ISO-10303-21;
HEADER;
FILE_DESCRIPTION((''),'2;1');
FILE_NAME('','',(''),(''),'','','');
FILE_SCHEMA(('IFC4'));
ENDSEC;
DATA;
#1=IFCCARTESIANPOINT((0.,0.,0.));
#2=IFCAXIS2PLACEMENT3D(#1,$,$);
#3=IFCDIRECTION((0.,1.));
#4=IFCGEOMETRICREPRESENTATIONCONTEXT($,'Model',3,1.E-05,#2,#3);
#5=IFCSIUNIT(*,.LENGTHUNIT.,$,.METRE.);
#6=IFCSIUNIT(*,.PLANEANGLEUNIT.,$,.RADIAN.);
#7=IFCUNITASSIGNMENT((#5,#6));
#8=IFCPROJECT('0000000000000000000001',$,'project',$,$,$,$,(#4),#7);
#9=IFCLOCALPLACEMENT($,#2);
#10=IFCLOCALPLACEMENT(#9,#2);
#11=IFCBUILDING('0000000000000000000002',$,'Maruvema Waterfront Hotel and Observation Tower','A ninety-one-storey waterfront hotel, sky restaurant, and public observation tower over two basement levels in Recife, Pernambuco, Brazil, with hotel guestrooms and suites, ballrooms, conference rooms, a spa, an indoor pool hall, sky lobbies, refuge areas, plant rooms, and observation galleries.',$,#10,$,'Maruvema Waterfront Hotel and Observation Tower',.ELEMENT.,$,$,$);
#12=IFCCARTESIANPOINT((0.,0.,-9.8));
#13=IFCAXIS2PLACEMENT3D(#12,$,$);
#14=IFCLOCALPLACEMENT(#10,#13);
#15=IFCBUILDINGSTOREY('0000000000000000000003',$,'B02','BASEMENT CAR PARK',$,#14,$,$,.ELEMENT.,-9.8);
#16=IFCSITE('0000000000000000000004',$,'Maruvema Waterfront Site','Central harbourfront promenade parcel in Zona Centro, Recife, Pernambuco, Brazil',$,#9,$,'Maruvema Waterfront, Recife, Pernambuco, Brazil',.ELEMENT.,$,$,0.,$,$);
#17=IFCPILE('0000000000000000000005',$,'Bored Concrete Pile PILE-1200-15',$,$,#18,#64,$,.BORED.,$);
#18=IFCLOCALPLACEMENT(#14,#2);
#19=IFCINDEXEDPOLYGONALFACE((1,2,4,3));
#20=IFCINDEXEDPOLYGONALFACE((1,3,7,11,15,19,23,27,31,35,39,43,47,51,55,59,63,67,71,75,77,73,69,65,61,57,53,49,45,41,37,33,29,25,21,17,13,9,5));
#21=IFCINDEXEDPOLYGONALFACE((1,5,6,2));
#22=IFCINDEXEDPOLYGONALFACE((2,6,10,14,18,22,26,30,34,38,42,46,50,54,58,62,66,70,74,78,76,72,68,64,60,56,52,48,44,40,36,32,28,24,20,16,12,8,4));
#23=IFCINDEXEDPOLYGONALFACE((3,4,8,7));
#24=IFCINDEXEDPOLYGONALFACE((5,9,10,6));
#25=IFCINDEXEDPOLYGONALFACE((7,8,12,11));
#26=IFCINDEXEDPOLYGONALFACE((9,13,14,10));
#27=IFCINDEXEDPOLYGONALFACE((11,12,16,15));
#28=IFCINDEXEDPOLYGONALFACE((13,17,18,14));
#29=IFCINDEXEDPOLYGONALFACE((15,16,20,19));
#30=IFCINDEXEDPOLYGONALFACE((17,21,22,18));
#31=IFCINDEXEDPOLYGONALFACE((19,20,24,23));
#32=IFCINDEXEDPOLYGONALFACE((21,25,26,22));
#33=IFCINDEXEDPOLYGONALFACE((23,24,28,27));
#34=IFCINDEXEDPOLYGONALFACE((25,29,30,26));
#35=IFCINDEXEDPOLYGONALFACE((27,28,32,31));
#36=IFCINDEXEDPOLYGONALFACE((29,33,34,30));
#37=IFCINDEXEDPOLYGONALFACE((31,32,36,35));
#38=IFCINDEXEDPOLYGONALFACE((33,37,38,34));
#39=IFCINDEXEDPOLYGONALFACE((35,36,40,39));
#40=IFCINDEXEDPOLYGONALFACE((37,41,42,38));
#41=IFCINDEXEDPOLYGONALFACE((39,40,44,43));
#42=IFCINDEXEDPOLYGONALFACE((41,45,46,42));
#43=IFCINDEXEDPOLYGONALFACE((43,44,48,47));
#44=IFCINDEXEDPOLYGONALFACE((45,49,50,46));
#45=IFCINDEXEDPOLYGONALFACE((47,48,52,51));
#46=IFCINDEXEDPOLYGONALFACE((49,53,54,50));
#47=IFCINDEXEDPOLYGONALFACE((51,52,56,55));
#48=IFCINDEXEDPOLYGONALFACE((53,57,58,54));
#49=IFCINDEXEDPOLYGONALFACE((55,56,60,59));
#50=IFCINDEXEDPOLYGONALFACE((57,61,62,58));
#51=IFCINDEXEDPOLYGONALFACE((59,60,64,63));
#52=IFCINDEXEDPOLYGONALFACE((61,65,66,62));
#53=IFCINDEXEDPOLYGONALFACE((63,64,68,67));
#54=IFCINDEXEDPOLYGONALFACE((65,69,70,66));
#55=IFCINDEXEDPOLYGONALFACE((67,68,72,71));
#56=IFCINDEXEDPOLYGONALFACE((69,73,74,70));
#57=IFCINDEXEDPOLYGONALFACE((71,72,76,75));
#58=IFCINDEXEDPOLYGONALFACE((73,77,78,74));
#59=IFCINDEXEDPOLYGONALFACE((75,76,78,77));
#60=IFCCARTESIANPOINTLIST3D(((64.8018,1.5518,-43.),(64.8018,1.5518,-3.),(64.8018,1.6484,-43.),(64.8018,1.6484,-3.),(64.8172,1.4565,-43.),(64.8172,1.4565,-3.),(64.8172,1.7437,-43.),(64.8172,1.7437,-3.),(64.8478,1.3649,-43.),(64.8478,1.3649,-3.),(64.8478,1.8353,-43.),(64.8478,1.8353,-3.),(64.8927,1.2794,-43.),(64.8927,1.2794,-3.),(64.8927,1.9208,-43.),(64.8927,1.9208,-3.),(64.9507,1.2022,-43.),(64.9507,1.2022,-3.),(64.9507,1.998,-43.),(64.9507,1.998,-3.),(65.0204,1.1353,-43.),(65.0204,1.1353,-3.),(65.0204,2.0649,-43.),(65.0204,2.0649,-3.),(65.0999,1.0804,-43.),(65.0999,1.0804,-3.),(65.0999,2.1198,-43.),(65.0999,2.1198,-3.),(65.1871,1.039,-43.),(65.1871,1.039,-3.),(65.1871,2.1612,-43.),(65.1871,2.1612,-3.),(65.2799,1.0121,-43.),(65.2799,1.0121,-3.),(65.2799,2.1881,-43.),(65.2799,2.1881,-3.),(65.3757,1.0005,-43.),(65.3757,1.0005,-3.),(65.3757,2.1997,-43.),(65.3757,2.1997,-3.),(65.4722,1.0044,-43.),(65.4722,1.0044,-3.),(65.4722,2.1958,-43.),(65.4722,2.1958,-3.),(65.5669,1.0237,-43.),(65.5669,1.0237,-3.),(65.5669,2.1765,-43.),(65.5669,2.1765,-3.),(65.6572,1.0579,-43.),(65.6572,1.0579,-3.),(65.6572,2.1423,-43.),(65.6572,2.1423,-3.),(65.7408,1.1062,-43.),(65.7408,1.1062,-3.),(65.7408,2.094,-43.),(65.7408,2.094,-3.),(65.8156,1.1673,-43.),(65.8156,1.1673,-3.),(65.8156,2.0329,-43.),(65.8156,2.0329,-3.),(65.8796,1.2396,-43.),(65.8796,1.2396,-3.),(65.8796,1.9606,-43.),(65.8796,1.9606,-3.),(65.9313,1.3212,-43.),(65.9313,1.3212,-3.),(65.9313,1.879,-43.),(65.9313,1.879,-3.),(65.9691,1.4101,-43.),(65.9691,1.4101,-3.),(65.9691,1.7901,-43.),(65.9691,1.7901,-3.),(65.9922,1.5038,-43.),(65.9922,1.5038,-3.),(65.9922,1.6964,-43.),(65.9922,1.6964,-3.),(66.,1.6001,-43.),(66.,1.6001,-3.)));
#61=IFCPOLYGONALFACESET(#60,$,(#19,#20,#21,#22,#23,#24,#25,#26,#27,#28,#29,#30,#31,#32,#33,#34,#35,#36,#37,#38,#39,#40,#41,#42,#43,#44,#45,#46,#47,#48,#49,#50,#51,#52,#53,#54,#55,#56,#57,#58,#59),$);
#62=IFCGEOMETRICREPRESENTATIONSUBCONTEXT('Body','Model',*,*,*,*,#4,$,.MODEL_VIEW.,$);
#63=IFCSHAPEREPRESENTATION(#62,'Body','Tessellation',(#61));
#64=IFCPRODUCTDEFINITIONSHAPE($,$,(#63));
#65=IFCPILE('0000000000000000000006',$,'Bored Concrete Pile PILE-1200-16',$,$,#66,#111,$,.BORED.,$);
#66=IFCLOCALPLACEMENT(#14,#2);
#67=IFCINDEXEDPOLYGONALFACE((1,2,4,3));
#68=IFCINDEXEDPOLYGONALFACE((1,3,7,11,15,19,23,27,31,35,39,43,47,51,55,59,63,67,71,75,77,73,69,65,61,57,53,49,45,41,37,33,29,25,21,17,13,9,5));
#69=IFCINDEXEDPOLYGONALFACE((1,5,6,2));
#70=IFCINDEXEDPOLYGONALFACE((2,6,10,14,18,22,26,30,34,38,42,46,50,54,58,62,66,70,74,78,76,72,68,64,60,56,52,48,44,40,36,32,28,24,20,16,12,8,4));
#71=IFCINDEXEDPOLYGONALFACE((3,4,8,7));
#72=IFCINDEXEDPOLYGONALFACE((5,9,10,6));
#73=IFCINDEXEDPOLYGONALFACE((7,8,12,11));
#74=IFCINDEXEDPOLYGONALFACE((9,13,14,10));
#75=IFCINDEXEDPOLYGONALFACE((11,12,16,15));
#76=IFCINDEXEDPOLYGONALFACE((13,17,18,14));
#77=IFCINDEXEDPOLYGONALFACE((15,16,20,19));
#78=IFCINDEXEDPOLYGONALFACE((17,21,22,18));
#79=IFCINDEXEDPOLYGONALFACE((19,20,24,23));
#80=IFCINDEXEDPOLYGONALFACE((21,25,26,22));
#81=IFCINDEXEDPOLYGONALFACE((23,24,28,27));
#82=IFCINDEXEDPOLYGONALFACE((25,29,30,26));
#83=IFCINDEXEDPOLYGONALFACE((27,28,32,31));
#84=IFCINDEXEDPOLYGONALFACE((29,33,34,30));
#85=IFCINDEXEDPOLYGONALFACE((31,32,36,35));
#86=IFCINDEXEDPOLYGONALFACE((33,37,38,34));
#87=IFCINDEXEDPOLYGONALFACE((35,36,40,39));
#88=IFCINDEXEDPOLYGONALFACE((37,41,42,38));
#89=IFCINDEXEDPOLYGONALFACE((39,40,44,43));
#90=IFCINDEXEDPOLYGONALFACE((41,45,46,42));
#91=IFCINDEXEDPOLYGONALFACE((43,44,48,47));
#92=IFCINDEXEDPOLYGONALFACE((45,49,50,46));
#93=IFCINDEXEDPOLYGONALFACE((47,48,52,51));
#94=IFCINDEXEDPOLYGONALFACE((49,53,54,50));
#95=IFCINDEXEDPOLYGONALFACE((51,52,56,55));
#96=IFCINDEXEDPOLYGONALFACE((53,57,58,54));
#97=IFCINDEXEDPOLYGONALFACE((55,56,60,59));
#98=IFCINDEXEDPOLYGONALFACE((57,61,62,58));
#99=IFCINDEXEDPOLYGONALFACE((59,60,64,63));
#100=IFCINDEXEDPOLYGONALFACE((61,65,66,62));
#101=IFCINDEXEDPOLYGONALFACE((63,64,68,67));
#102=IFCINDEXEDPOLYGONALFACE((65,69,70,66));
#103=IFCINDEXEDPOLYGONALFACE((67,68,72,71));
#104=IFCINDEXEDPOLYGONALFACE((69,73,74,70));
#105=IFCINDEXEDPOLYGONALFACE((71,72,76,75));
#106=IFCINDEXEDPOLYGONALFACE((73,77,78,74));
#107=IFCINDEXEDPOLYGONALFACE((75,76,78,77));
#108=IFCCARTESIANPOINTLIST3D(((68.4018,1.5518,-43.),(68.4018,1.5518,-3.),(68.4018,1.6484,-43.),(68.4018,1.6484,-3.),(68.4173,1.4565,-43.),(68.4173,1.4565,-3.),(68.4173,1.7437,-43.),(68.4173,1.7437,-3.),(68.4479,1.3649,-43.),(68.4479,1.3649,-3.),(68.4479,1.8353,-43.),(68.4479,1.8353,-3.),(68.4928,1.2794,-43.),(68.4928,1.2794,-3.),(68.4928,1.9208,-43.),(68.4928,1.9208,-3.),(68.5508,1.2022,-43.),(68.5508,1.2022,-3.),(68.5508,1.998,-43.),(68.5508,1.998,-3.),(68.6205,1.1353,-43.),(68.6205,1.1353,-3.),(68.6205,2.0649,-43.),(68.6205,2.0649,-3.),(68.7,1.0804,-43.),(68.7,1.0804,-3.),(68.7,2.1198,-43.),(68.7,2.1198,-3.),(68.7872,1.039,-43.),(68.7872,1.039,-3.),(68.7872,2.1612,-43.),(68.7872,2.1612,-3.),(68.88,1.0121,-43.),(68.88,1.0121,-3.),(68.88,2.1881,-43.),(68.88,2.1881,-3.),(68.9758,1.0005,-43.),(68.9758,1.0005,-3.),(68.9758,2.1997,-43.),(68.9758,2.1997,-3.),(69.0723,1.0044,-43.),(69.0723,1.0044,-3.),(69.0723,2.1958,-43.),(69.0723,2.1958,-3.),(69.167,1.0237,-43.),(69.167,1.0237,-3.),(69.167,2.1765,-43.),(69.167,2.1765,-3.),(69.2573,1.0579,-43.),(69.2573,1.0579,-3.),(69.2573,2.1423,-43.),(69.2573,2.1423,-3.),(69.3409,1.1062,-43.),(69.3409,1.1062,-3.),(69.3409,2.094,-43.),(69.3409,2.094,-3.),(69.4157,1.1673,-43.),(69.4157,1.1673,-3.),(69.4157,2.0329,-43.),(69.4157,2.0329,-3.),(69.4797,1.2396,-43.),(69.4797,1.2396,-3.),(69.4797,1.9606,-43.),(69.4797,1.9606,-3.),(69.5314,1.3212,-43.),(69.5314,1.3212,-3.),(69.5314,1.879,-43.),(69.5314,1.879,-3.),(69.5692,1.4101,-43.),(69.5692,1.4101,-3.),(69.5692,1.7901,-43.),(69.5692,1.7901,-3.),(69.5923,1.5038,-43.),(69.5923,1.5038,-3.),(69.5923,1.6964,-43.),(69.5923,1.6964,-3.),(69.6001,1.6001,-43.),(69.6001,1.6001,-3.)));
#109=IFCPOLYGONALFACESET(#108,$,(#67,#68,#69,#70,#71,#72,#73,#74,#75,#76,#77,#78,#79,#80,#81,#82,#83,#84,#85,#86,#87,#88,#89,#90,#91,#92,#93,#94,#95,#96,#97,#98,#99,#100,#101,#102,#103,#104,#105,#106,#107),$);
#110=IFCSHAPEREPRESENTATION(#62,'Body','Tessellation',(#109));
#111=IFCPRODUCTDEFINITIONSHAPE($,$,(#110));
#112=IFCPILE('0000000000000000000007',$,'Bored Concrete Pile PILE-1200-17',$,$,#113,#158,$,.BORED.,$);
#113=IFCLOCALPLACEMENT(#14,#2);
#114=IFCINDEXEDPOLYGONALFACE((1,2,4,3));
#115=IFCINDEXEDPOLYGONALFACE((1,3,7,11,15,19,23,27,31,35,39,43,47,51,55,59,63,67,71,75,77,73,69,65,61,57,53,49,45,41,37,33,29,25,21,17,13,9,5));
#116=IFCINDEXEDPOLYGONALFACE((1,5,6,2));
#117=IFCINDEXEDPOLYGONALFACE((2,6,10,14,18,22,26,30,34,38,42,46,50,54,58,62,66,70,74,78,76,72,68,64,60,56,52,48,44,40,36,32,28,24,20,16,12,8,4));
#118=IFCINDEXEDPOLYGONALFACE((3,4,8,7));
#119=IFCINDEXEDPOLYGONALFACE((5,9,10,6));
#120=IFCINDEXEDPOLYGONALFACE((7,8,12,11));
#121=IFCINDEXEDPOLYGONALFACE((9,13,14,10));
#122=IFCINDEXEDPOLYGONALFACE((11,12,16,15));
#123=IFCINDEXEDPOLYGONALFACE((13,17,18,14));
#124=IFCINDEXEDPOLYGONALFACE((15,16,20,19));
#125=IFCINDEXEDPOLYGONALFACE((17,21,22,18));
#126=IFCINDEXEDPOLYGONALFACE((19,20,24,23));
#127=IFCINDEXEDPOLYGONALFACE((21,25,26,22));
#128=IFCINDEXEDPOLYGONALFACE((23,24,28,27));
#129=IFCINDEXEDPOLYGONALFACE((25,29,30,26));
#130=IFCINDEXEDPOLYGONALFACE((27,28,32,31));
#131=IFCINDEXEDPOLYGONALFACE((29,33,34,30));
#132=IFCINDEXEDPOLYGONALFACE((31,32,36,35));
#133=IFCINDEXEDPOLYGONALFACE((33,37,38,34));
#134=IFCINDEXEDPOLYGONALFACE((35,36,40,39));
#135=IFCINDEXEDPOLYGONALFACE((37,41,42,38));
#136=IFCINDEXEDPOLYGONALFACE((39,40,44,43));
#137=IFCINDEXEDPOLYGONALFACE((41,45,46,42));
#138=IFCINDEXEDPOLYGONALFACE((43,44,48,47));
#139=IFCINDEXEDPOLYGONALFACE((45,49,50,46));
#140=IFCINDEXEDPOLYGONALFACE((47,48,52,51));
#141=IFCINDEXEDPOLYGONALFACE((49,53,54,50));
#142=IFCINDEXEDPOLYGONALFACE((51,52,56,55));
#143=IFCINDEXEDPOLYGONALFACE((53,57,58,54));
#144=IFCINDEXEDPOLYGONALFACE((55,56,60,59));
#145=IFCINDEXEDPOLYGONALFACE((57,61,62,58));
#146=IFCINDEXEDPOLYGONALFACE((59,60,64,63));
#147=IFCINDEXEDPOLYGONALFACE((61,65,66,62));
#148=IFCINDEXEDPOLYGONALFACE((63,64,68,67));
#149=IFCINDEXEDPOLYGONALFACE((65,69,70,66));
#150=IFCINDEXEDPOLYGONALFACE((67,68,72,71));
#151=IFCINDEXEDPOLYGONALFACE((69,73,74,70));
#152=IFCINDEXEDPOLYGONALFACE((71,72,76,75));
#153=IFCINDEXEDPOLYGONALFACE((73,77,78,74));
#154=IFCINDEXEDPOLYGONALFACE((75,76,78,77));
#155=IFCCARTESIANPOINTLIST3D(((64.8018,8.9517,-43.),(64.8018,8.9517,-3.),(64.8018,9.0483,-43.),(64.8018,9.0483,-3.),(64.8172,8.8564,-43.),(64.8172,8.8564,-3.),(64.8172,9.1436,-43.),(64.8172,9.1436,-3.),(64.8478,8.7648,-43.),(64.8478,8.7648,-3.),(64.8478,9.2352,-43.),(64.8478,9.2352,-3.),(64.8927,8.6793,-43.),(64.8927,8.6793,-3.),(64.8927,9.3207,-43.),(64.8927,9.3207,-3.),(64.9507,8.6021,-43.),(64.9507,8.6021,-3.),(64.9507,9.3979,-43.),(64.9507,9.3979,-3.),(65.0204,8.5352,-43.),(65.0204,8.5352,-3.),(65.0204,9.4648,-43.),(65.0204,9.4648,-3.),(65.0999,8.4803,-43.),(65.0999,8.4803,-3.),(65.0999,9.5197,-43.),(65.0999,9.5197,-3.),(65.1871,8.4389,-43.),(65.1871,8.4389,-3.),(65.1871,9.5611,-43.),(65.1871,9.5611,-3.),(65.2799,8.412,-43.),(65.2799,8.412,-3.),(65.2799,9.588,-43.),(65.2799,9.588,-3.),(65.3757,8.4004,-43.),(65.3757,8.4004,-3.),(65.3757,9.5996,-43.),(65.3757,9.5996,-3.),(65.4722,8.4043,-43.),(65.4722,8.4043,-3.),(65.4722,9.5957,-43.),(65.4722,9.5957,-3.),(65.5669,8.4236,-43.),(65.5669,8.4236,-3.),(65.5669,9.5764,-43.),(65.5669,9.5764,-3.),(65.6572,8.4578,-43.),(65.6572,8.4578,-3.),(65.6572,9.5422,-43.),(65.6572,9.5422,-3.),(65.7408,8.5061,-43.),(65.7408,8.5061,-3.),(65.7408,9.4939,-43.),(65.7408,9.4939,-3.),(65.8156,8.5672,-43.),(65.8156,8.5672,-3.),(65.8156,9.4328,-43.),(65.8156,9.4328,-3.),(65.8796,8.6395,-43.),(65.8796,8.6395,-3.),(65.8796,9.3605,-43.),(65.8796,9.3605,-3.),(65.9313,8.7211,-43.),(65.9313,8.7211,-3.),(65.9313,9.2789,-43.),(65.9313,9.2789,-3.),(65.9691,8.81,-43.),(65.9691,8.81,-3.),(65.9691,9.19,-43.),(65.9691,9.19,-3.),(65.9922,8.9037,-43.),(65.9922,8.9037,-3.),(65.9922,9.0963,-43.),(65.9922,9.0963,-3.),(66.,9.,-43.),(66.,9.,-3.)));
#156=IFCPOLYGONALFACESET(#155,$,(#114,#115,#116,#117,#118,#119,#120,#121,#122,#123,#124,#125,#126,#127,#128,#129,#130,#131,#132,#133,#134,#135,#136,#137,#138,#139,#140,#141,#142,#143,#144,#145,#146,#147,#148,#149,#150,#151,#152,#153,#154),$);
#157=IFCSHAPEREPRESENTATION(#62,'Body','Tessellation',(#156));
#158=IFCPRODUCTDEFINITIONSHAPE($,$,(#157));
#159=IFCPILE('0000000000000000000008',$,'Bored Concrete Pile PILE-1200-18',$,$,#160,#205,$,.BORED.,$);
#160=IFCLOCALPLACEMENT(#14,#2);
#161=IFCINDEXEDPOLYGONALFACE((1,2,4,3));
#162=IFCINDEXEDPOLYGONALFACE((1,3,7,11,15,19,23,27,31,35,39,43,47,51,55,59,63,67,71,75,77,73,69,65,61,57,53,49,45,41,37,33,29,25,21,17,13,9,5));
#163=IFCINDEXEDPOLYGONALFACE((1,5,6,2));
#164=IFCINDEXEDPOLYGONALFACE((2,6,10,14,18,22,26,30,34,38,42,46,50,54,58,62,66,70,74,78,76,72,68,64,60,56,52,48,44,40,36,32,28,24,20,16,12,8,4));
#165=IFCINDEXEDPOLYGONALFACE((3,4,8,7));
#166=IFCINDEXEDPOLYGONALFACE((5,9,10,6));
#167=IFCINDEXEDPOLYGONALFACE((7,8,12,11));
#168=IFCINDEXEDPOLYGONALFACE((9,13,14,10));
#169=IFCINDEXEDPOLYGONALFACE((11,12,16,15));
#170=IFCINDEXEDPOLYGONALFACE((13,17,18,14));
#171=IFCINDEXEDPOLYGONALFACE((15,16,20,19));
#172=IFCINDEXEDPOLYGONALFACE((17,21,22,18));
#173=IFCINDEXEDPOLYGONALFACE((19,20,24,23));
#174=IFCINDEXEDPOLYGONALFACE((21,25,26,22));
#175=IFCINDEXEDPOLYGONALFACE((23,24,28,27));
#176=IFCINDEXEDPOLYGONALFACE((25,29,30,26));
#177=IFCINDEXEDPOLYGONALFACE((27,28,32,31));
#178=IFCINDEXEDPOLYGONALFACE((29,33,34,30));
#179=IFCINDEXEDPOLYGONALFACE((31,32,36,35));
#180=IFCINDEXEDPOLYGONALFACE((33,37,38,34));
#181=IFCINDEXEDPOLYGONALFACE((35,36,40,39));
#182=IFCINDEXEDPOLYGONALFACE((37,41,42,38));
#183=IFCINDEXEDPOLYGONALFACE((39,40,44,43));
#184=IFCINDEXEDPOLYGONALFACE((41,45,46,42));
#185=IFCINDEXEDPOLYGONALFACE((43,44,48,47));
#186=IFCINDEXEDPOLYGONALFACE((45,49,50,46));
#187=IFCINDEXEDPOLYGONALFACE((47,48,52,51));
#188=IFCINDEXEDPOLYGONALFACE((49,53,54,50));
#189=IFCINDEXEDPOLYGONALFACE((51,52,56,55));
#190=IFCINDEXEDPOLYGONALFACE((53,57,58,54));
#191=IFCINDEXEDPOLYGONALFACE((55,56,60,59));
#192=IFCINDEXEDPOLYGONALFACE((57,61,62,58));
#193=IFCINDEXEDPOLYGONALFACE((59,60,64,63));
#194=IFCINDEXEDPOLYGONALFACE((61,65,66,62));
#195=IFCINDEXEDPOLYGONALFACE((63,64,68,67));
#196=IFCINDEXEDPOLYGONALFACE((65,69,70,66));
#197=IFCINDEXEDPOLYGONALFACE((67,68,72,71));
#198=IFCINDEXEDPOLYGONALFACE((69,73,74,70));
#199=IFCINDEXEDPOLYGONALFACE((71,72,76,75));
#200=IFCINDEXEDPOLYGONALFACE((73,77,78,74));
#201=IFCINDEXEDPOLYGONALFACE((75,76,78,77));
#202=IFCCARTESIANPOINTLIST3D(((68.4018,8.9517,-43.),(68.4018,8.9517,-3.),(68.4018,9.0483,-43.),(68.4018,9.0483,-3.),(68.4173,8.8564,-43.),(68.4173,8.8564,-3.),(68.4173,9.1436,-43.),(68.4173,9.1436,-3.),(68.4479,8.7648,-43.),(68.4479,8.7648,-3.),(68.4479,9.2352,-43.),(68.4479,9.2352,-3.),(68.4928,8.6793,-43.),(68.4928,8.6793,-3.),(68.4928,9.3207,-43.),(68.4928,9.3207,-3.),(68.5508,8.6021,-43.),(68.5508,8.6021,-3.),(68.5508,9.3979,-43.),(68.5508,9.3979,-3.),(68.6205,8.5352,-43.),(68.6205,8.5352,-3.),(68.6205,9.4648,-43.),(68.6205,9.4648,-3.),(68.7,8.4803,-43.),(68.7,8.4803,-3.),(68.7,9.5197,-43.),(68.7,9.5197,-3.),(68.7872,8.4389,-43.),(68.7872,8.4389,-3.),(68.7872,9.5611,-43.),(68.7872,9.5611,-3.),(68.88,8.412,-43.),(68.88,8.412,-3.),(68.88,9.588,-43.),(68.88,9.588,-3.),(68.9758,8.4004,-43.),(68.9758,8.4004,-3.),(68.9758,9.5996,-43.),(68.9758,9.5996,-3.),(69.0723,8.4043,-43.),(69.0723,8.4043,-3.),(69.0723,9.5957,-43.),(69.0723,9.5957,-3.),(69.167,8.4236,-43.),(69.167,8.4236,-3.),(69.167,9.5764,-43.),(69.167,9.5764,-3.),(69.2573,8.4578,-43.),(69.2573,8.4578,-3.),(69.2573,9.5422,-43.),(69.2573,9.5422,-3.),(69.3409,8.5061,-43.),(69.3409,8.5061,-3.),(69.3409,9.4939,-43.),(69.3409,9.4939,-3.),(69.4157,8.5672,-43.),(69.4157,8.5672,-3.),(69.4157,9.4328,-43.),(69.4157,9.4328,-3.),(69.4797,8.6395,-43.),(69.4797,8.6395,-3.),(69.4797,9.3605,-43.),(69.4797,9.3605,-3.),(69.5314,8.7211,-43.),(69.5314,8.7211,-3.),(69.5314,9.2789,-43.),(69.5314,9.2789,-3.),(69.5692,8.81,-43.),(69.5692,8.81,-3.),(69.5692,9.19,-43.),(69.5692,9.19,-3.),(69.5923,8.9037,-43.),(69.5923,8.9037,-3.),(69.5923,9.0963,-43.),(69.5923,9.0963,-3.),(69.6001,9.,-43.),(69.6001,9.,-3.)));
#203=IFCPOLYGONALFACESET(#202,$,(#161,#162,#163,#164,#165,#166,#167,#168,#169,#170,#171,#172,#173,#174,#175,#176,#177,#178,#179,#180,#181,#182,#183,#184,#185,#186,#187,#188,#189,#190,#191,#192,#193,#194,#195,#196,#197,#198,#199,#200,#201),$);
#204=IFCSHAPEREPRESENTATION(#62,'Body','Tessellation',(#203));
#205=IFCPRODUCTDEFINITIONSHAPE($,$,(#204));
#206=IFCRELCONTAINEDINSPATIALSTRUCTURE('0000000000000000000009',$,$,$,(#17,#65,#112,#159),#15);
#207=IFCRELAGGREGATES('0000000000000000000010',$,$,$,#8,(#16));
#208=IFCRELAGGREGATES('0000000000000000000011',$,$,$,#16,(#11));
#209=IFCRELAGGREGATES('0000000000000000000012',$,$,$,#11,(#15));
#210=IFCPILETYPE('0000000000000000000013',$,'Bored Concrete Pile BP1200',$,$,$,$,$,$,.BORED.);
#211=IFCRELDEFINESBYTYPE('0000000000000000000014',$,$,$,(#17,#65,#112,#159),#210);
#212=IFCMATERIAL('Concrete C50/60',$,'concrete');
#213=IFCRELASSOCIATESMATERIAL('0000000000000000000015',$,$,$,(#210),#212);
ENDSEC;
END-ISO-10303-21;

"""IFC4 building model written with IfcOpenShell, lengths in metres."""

from ifc_helpers import new_model, si_unit, direction, frame, origin, origin_2d, place, context, subcontext, project, spatial, circle, extrude, material, material_profile, profile_set, type_object, element, save


model = new_model("IFC4")

# Units and contexts
model_context = context("Model", 3, precision=1e-05, world=origin(), true_north=direction((0.0, 1.0)))
body_context = subcontext(model_context, "Body", "Model", "MODEL_VIEW")
ifc_project = project(units=[si_unit("LENGTHUNIT", "METRE"), si_unit("PLANEANGLEUNIT", "RADIAN")], contexts=[model_context])

# Site, building, storey
site_placement = place(None, origin())
site = spatial("IfcSite", under=ifc_project, at=site_placement, Name="Maruvema Waterfront Site", Description="Central harbourfront promenade parcel in Zona Centro, Recife, Pernambuco, Brazil", LongName="Maruvema Waterfront, Recife, Pernambuco, Brazil", CompositionType="ELEMENT", RefElevation=0.0)
building_placement = place(site_placement, origin())
building = spatial("IfcBuilding", under=site, at=building_placement, Name="Maruvema Waterfront Hotel and Observation Tower", Description="A ninety-one-storey waterfront hotel, sky restaurant, and public observation tower over two basement levels in Recife, Pernambuco, Brazil, with hotel guestrooms and suites, ballrooms, conference rooms, a spa, an indoor pool hall, sky lobbies, refuge areas, plant rooms, and observation galleries.", LongName="Maruvema Waterfront Hotel and Observation Tower", CompositionType="ELEMENT")
storey_placement = place(building_placement, frame((0.0, 0.0, -9.8)))
storey = spatial("IfcBuildingStorey", under=building, at=storey_placement, Name="B02", Description="BASEMENT CAR PARK", CompositionType="ELEMENT", Elevation=-9.8)

# Piles
ifc_material_1 = material(Name="Concrete C50/60", Category="concrete")
ifc_material_profile_1 = material_profile(ifc_material_1, circle(Radius=0.6001, at=origin_2d()), Name="BP1200")
ifc_profile_set_1 = profile_set([ifc_material_profile_1], Name="Concrete C50/60")
pile_type_1 = type_object("IfcPileType", Name="Bored Concrete Pile BP1200", PredefinedType="BORED", material=ifc_profile_set_1)
for number, where, z_axis, x_axis, name in (
    (1, (65.3999, 1.6001, -3.0), (0.0, 0.0, -1.0), (1.0, 0.0, 0.0), "Bored Concrete Pile PILE-1200-15"),
    (2, (69.0, 1.6001, -3.0), (0.0, 0.0, -1.0), (1.0, 0.0, 0.0), "Bored Concrete Pile PILE-1200-16"),
    (3, (65.3999, 9.0, -3.0), (0.0, 0.0, -1.0), (1.0, 0.0, 0.0), "Bored Concrete Pile PILE-1200-17"),
    (4, (69.0, 9.0, -3.0), (0.0, 0.0, -1.0), (1.0, 0.0, 0.0), "Bored Concrete Pile PILE-1200-18"),
):
    element("IfcPile", number, at=place(storey_placement, frame(where, z_axis=z_axis, x_axis=x_axis)), inside=storey, type_object=pile_type_1, Name=name, PredefinedType="BORED", context=body_context, shape_type="SweptSolid", body=[
        extrude(circle(Radius=0.6001, at=origin_2d()), origin(), (0.0, 0.0, 1.0), 40.0),
    ])

save(model, "model.ifc")
